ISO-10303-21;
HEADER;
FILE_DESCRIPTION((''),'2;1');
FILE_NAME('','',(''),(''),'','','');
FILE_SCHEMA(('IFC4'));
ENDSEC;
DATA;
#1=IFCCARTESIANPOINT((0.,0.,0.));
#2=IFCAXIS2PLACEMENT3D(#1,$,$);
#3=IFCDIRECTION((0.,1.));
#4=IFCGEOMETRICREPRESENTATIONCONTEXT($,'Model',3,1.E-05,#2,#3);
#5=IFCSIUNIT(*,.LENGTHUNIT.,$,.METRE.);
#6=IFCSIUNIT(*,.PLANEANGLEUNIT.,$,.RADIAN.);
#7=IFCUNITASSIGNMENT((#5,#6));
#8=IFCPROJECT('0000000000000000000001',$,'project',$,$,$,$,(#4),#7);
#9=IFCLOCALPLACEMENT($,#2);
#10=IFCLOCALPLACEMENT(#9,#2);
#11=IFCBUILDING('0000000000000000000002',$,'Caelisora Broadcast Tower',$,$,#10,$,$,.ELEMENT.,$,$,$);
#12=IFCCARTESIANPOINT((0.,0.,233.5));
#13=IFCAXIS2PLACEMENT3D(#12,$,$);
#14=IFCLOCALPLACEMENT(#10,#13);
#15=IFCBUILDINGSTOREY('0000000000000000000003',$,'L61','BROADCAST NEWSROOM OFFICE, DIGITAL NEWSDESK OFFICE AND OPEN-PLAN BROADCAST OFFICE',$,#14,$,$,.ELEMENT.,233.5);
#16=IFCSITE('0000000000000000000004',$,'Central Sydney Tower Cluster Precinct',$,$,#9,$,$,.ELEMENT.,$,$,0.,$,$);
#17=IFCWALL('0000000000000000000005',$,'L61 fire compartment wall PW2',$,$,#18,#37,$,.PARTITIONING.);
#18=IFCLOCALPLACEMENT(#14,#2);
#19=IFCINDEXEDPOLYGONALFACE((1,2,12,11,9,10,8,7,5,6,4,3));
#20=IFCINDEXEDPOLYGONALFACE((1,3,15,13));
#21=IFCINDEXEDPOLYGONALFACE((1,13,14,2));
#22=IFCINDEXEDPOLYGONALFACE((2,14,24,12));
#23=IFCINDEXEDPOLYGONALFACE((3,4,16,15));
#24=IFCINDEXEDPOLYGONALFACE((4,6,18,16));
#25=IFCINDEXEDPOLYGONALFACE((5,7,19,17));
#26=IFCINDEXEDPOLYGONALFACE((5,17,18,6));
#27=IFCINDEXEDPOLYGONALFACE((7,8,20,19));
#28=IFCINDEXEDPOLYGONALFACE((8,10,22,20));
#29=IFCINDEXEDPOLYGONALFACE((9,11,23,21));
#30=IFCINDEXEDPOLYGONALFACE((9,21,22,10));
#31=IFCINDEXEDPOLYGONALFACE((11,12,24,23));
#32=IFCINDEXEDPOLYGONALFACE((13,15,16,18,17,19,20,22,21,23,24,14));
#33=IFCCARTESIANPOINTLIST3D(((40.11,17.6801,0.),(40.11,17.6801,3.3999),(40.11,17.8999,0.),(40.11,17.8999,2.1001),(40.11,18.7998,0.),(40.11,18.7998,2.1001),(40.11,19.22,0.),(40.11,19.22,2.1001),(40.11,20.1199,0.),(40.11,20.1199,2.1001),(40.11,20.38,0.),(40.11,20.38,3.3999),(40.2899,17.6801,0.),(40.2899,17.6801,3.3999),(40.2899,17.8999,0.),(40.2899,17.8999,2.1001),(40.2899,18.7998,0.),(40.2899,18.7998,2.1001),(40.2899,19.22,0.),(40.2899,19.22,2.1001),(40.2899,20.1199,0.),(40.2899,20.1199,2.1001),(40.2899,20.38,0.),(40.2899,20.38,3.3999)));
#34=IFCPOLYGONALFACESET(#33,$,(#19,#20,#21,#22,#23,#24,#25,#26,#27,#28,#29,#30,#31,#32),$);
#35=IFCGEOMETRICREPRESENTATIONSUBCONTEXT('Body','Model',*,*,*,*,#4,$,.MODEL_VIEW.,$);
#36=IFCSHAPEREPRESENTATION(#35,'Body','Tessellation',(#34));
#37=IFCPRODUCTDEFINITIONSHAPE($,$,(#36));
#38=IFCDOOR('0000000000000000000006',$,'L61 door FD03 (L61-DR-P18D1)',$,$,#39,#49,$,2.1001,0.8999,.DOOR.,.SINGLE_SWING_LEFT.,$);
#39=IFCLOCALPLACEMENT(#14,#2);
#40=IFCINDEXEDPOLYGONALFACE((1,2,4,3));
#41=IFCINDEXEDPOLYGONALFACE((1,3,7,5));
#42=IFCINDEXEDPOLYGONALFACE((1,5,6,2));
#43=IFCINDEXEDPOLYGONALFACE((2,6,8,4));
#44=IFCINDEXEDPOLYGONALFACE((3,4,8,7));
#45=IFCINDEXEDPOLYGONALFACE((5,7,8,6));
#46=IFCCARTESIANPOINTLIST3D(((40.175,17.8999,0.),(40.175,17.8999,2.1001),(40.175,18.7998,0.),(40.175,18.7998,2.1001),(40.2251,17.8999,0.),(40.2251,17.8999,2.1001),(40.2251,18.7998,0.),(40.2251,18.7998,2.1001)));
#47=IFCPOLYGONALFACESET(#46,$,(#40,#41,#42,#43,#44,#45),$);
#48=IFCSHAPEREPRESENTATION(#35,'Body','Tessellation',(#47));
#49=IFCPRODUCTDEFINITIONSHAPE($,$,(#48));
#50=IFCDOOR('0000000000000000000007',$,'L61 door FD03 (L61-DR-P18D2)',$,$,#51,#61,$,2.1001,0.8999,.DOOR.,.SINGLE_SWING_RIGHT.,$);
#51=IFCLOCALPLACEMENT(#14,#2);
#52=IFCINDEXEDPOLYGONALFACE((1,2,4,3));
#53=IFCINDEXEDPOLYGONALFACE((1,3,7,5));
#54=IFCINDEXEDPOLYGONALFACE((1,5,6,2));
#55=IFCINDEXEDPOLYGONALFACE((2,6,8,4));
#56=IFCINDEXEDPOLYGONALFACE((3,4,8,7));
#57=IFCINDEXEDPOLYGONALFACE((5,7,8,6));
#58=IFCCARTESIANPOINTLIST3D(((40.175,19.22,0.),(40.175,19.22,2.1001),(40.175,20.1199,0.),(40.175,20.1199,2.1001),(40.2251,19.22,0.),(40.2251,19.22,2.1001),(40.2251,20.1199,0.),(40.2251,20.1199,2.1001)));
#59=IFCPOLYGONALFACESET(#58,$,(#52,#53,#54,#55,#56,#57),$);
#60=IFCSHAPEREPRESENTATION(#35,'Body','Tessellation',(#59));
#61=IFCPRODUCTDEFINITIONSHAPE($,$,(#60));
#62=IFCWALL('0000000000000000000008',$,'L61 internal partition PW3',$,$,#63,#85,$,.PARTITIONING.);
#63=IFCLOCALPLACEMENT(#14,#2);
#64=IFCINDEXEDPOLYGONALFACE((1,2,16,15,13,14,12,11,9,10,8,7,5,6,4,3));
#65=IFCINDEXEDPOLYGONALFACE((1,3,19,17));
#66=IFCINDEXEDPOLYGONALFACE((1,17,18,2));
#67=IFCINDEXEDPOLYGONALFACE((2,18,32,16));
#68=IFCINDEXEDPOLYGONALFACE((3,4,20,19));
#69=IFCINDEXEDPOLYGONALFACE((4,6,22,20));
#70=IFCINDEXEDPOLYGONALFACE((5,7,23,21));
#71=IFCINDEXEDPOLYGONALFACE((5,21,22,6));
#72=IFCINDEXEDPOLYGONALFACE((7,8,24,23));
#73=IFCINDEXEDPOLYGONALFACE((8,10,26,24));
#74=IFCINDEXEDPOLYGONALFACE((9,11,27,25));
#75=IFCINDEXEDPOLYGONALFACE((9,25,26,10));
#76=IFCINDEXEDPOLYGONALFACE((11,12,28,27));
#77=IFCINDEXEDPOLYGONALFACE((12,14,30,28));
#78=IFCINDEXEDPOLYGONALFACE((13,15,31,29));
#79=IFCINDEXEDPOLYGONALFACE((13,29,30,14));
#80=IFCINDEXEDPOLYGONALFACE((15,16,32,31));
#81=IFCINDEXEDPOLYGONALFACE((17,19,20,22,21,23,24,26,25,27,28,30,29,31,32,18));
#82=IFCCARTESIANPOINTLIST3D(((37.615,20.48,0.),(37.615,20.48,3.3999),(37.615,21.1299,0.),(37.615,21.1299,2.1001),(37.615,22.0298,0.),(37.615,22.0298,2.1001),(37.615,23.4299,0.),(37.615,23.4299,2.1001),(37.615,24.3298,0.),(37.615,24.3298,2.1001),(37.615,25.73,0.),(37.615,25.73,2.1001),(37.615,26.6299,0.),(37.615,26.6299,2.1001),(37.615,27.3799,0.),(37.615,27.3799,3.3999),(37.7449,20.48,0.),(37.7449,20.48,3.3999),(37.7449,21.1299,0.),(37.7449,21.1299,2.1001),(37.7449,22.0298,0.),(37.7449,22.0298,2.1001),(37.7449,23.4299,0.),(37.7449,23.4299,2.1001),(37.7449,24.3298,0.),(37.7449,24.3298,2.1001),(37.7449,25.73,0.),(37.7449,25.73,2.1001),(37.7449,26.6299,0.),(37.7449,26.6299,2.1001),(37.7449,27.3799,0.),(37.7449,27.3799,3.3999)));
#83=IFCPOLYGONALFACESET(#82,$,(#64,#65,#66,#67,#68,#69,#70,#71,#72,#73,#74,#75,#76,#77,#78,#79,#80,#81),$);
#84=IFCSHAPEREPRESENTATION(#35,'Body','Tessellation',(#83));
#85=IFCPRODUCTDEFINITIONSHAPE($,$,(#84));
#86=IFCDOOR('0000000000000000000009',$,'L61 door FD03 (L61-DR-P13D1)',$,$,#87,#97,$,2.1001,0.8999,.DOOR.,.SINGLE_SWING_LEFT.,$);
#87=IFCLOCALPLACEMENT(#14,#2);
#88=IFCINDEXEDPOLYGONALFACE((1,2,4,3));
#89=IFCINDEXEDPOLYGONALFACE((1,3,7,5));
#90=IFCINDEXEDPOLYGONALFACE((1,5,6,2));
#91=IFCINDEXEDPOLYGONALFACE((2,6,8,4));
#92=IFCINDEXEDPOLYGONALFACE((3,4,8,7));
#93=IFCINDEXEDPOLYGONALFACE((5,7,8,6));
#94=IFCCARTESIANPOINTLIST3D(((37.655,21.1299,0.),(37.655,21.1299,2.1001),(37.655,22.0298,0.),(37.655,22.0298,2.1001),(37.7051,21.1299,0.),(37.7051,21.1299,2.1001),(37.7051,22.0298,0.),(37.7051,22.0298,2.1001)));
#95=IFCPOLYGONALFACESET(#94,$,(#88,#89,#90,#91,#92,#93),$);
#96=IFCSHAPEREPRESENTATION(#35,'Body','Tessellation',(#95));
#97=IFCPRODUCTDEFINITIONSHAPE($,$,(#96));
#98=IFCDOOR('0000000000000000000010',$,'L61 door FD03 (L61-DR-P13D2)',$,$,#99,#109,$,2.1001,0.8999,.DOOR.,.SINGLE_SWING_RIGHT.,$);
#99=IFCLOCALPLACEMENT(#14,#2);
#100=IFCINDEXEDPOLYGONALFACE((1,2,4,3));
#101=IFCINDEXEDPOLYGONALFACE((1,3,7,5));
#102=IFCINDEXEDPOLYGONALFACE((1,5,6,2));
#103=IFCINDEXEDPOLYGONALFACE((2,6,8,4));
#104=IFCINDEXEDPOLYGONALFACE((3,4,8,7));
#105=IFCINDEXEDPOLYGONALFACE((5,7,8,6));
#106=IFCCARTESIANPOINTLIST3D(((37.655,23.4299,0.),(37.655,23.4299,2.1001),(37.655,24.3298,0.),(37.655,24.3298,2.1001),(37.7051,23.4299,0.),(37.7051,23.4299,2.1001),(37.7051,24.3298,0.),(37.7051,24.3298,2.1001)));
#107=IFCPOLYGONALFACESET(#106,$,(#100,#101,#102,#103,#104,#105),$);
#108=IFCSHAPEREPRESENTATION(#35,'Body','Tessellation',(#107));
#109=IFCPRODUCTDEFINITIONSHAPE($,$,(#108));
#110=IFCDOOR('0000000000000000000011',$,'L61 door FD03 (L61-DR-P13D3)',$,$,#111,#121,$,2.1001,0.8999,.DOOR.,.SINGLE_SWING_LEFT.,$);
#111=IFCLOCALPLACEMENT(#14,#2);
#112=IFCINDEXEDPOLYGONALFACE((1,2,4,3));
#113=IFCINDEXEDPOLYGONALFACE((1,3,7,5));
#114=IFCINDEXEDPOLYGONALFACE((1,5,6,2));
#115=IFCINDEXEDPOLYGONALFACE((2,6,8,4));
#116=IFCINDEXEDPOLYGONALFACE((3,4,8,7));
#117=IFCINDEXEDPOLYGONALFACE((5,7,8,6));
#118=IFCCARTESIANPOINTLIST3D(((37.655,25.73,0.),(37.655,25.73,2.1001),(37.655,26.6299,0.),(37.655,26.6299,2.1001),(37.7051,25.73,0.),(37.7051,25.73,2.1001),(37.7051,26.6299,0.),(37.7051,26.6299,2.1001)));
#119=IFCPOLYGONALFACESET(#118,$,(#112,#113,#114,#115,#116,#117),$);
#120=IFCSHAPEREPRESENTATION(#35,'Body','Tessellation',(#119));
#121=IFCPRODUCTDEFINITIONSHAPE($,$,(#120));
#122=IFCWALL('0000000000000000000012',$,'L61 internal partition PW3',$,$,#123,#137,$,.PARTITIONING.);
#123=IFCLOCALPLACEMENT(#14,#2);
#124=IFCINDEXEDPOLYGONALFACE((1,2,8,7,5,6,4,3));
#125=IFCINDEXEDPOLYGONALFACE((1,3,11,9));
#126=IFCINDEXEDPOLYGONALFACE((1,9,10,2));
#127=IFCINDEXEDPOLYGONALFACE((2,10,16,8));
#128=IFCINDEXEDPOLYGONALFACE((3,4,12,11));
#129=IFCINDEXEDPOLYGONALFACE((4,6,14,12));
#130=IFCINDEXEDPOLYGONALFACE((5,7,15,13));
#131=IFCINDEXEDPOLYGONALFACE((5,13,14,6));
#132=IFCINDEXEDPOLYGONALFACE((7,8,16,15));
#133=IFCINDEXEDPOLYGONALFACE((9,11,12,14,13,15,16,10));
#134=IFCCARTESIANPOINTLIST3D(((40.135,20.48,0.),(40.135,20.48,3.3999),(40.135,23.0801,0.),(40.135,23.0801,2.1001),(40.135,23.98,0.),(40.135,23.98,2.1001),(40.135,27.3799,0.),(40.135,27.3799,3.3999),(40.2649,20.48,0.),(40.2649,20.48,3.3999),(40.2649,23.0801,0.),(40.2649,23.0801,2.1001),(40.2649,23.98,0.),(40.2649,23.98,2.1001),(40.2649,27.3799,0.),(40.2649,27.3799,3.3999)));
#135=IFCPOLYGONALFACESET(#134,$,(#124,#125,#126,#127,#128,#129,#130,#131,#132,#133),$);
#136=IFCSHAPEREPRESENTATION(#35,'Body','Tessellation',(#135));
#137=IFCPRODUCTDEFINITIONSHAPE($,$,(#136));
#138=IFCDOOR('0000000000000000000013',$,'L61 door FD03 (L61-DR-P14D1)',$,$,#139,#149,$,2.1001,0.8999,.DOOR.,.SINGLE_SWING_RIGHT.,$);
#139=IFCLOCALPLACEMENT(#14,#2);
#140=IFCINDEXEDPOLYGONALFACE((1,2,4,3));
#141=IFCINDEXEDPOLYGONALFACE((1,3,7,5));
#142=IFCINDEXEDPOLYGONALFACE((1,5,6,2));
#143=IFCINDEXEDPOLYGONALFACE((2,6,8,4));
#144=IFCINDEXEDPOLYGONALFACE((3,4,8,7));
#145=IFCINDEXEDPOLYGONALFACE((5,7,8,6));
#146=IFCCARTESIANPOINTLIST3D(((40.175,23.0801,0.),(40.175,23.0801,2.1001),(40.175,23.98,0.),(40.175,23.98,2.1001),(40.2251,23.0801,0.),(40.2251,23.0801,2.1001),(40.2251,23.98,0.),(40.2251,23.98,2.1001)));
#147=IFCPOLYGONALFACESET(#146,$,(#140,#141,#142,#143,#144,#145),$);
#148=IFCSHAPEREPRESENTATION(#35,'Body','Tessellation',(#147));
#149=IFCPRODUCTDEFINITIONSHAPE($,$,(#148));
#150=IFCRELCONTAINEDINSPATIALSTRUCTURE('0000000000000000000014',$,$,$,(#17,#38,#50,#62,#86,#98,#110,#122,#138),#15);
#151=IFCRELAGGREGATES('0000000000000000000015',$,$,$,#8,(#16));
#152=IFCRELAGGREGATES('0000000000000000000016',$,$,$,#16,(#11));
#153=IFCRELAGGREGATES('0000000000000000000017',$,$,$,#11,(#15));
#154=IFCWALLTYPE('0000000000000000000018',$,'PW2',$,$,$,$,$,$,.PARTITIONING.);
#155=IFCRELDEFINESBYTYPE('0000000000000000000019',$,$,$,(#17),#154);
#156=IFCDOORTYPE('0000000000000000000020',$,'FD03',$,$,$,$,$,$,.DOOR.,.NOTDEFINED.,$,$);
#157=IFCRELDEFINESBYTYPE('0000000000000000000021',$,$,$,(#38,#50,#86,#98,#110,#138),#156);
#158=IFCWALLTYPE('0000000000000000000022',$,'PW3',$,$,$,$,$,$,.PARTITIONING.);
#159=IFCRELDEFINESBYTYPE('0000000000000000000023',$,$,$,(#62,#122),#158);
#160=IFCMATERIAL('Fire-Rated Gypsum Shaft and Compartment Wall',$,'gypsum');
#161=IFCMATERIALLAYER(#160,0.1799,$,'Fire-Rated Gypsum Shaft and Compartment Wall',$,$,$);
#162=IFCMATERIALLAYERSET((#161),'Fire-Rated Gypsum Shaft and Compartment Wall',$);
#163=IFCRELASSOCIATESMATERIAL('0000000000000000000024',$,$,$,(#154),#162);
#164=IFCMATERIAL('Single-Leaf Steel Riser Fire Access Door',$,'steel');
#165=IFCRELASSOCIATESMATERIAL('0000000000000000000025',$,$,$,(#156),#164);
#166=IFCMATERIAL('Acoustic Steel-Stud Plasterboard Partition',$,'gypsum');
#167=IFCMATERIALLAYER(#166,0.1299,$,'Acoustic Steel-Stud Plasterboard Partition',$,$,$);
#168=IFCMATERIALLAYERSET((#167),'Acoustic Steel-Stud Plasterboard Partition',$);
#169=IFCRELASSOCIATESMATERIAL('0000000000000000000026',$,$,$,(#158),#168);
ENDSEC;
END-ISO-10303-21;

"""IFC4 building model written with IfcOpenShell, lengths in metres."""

from ifc_helpers import new_model, si_unit, direction, frame, frame_2d, origin, place, context, subcontext, project, spatial, rectangle, extrude, material, layer, layer_set, type_object, element, fill, save


model = new_model("IFC4")

# Units and contexts
model_context = context("Model", 3, precision=1e-05, world=origin(), true_north=direction((0.0, 1.0)))
body_context = subcontext(model_context, "Body", "Model", "MODEL_VIEW")
ifc_project = project(units=[si_unit("LENGTHUNIT", "METRE"), si_unit("PLANEANGLEUNIT", "RADIAN")], contexts=[model_context])

# Site, building, storey
site_placement = place(None, origin())
site = spatial("IfcSite", under=ifc_project, at=site_placement, Name="Central Sydney Tower Cluster Precinct", CompositionType="ELEMENT", RefElevation=0.0)
building_placement = place(site_placement, origin())
building = spatial("IfcBuilding", under=site, at=building_placement, Name="Caelisora Broadcast Tower", CompositionType="ELEMENT")
storey_placement = place(building_placement, frame((0.0, 0.0, 233.5)))
storey = spatial("IfcBuildingStorey", under=building, at=storey_placement, Name="L61", Description="BROADCAST NEWSROOM OFFICE, DIGITAL NEWSDESK OFFICE AND OPEN-PLAN BROADCAST OFFICE", CompositionType="ELEMENT", Elevation=233.5)

# Shared definitions
ifc_material_1 = material(Name="Fire-Rated Gypsum Shaft and Compartment Wall", Category="gypsum")
ifc_layer_1 = layer(ifc_material_1, 0.1799, Name="Fire-Rated Gypsum Shaft and Compartment Wall")
ifc_layer_set_1 = layer_set([ifc_layer_1], Name="Fire-Rated Gypsum Shaft and Compartment Wall")
wall_type_1 = type_object("IfcWallType", Name="PW2", PredefinedType="PARTITIONING", material=ifc_layer_set_1)

# Shared definitions
ifc_material_2 = material(Name="Single-Leaf Steel Riser Fire Access Door", Category="steel")
door_type_1 = type_object("IfcDoorType", Name="FD03", OperationType="NOTDEFINED", PredefinedType="DOOR", material=ifc_material_2)

# Walls, openings, doors
wall_1_placement = place(storey_placement, frame((40.2, 17.6799, 0.0), z_axis=(0.0, 0.0, 1.0), x_axis=(0.0, 1.0, 0.0)))
wall_1 = element("IfcWall", 1, at=wall_1_placement, inside=storey, type_object=wall_type_1, Name="L61 fire compartment wall PW2", PredefinedType="PARTITIONING", context=body_context, shape_type="SweptSolid", body=[
    extrude(rectangle(XDim=2.7, YDim=0.1799, at=frame_2d((1.3501, 0.0))), origin(), (0.0, 0.0, 1.0), 3.3999),
])
opening_1_placement = place(wall_1_placement, frame((0.22, 0.0, 0.0)))
opening_1 = element("IfcOpeningElement", 2, at=opening_1_placement, cuts=wall_1, PredefinedType="OPENING", context=body_context, shape_type="SweptSolid", body=[
    extrude(rectangle(XDim=0.8999, YDim=2.1001, at=frame_2d((0.45, 1.05))), frame((0.0, 0.1021, 0.0), z_axis=(0.0, -1.0, 0.0), x_axis=(1.0, 0.0, 0.0)), (0.0, 0.0, 1.0), 0.2039),
])
opening_2_placement = place(wall_1_placement, frame((1.54, 0.0, 0.0)))
opening_2 = element("IfcOpeningElement", 3, at=opening_2_placement, cuts=wall_1, PredefinedType="OPENING", context=body_context, shape_type="SweptSolid", body=[
    extrude(rectangle(XDim=0.8999, YDim=2.1001, at=frame_2d((0.45, 1.05))), frame((0.0, 0.1021, 0.0), z_axis=(0.0, -1.0, 0.0), x_axis=(1.0, 0.0, 0.0)), (0.0, 0.0, 1.0), 0.2039),
])
door_1_placement = place(opening_1_placement, origin())
door_1 = element("IfcDoor", 4, at=door_1_placement, inside=storey, type_object=door_type_1, Name="L61 door FD03 (L61-DR-P18D1)", OperationType="SINGLE_SWING_LEFT", OverallHeight=2.1001, OverallWidth=0.8999, PredefinedType="DOOR", context=body_context, shape_type="SweptSolid", body=[
    extrude(rectangle(XDim=0.8999, YDim=2.1001, at=frame_2d((0.45, 1.05))), frame((0.0, 0.0249, 0.0), z_axis=(0.0, -1.0, 0.0), x_axis=(1.0, 0.0, 0.0)), (0.0, 0.0, 1.0), 0.05),
])
fill(opening_1, door_1)
door_2_placement = place(opening_2_placement, origin())
door_2 = element("IfcDoor", 5, at=door_2_placement, inside=storey, type_object=door_type_1, Name="L61 door FD03 (L61-DR-P18D2)", OperationType="SINGLE_SWING_RIGHT", OverallHeight=2.1001, OverallWidth=0.8999, PredefinedType="DOOR", context=body_context, shape_type="SweptSolid", body=[
    extrude(rectangle(XDim=0.8999, YDim=2.1001, at=frame_2d((0.45, 1.05))), frame((0.0, 0.0249, 0.0), z_axis=(0.0, -1.0, 0.0), x_axis=(1.0, 0.0, 0.0)), (0.0, 0.0, 1.0), 0.05),
])
fill(opening_2, door_2)
ifc_material_3 = material(Name="Acoustic Steel-Stud Plasterboard Partition", Category="gypsum")
ifc_layer_2 = layer(ifc_material_3, 0.1299, Name="Acoustic Steel-Stud Plasterboard Partition")
ifc_layer_set_2 = layer_set([ifc_layer_2], Name="Acoustic Steel-Stud Plasterboard Partition")
wall_type_2 = type_object("IfcWallType", Name="PW3", PredefinedType="PARTITIONING", material=ifc_layer_set_2)
wall_2_placement = place(storey_placement, frame((37.6799, 20.48, 0.0), z_axis=(0.0, 0.0, 1.0), x_axis=(0.0, 1.0, 0.0)))
wall_2 = element("IfcWall", 6, at=wall_2_placement, inside=storey, type_object=wall_type_2, Name="L61 internal partition PW3", PredefinedType="PARTITIONING", context=body_context, shape_type="SweptSolid", body=[
    extrude(rectangle(XDim=6.8999, YDim=0.1299, at=frame_2d((3.45, 0.0))), origin(), (0.0, 0.0, 1.0), 3.3999),
])
opening_3_placement = place(wall_2_placement, frame((0.6499, 0.0, 0.0)))
opening_3 = element("IfcOpeningElement", 7, at=opening_3_placement, cuts=wall_2, PredefinedType="OPENING", context=body_context, shape_type="SweptSolid", body=[
    extrude(rectangle(XDim=0.8999, YDim=2.1001, at=frame_2d((0.45, 1.05))), frame((0.0, 0.0769, 0.0), z_axis=(0.0, -1.0, 0.0), x_axis=(1.0, 0.0, 0.0)), (0.0, 0.0, 1.0), 0.1538),
])
opening_4_placement = place(wall_2_placement, frame((2.95, 0.0, 0.0)))
opening_4 = element("IfcOpeningElement", 8, at=opening_4_placement, cuts=wall_2, PredefinedType="OPENING", context=body_context, shape_type="SweptSolid", body=[
    extrude(rectangle(XDim=0.8999, YDim=2.1001, at=frame_2d((0.45, 1.05))), frame((0.0, 0.0769, 0.0), z_axis=(0.0, -1.0, 0.0), x_axis=(1.0, 0.0, 0.0)), (0.0, 0.0, 1.0), 0.1538),
])
opening_5_placement = place(wall_2_placement, frame((5.25, 0.0, 0.0)))
opening_5 = element("IfcOpeningElement", 9, at=opening_5_placement, cuts=wall_2, PredefinedType="OPENING", context=body_context, shape_type="SweptSolid", body=[
    extrude(rectangle(XDim=0.8999, YDim=2.1001, at=frame_2d((0.45, 1.05))), frame((0.0, 0.0769, 0.0), z_axis=(0.0, -1.0, 0.0), x_axis=(1.0, 0.0, 0.0)), (0.0, 0.0, 1.0), 0.1538),
])
door_3_placement = place(opening_3_placement, origin())
door_3 = element("IfcDoor", 10, at=door_3_placement, inside=storey, type_object=door_type_1, Name="L61 door FD03 (L61-DR-P13D1)", OperationType="SINGLE_SWING_LEFT", OverallHeight=2.1001, OverallWidth=0.8999, PredefinedType="DOOR", context=body_context, shape_type="SweptSolid", body=[
    extrude(rectangle(XDim=0.8999, YDim=2.1001, at=frame_2d((0.45, 1.05))), frame((0.0, 0.0249, 0.0), z_axis=(0.0, -1.0, 0.0), x_axis=(1.0, 0.0, 0.0)), (0.0, 0.0, 1.0), 0.05),
])
fill(opening_3, door_3)
door_4_placement = place(opening_4_placement, origin())
door_4 = element("IfcDoor", 11, at=door_4_placement, inside=storey, type_object=door_type_1, Name="L61 door FD03 (L61-DR-P13D2)", OperationType="SINGLE_SWING_RIGHT", OverallHeight=2.1001, OverallWidth=0.8999, PredefinedType="DOOR", context=body_context, shape_type="SweptSolid", body=[
    extrude(rectangle(XDim=0.8999, YDim=2.1001, at=frame_2d((0.45, 1.05))), frame((0.0, 0.0249, 0.0), z_axis=(0.0, -1.0, 0.0), x_axis=(1.0, 0.0, 0.0)), (0.0, 0.0, 1.0), 0.05),
])
fill(opening_4, door_4)
door_5_placement = place(opening_5_placement, origin())
door_5 = element("IfcDoor", 12, at=door_5_placement, inside=storey, type_object=door_type_1, Name="L61 door FD03 (L61-DR-P13D3)", OperationType="SINGLE_SWING_LEFT", OverallHeight=2.1001, OverallWidth=0.8999, PredefinedType="DOOR", context=body_context, shape_type="SweptSolid", body=[
    extrude(rectangle(XDim=0.8999, YDim=2.1001, at=frame_2d((0.45, 1.05))), frame((0.0, 0.0249, 0.0), z_axis=(0.0, -1.0, 0.0), x_axis=(1.0, 0.0, 0.0)), (0.0, 0.0, 1.0), 0.05),
])
fill(opening_5, door_5)

# Wall, opening, door
wall_3_placement = place(storey_placement, frame((40.2, 20.48, 0.0), z_axis=(0.0, 0.0, 1.0), x_axis=(0.0, 1.0, 0.0)))
wall_3 = element("IfcWall", 13, at=wall_3_placement, inside=storey, type_object=wall_type_2, Name="L61 internal partition PW3", PredefinedType="PARTITIONING", context=body_context, shape_type="SweptSolid", body=[
    extrude(rectangle(XDim=6.8999, YDim=0.1299, at=frame_2d((3.45, 0.0))), origin(), (0.0, 0.0, 1.0), 3.3999),
])
opening_6_placement = place(wall_3_placement, frame((2.6001, 0.0, 0.0)))
opening_6 = element("IfcOpeningElement", 14, at=opening_6_placement, cuts=wall_3, PredefinedType="OPENING", context=body_context, shape_type="SweptSolid", body=[
    extrude(rectangle(XDim=0.8999, YDim=2.1001, at=frame_2d((0.45, 1.05))), frame((0.0, 0.0769, 0.0), z_axis=(0.0, -1.0, 0.0), x_axis=(1.0, 0.0, 0.0)), (0.0, 0.0, 1.0), 0.1538),
])
door_6_placement = place(opening_6_placement, origin())
door_6 = element("IfcDoor", 15, at=door_6_placement, inside=storey, type_object=door_type_1, Name="L61 door FD03 (L61-DR-P14D1)", OperationType="SINGLE_SWING_RIGHT", OverallHeight=2.1001, OverallWidth=0.8999, PredefinedType="DOOR", context=body_context, shape_type="SweptSolid", body=[
    extrude(rectangle(XDim=0.8999, YDim=2.1001, at=frame_2d((0.45, 1.05))), frame((0.0, 0.0249, 0.0), z_axis=(0.0, -1.0, 0.0), x_axis=(1.0, 0.0, 0.0)), (0.0, 0.0, 1.0), 0.05),
])
fill(opening_6, door_6)

save(model, "model.ifc")
